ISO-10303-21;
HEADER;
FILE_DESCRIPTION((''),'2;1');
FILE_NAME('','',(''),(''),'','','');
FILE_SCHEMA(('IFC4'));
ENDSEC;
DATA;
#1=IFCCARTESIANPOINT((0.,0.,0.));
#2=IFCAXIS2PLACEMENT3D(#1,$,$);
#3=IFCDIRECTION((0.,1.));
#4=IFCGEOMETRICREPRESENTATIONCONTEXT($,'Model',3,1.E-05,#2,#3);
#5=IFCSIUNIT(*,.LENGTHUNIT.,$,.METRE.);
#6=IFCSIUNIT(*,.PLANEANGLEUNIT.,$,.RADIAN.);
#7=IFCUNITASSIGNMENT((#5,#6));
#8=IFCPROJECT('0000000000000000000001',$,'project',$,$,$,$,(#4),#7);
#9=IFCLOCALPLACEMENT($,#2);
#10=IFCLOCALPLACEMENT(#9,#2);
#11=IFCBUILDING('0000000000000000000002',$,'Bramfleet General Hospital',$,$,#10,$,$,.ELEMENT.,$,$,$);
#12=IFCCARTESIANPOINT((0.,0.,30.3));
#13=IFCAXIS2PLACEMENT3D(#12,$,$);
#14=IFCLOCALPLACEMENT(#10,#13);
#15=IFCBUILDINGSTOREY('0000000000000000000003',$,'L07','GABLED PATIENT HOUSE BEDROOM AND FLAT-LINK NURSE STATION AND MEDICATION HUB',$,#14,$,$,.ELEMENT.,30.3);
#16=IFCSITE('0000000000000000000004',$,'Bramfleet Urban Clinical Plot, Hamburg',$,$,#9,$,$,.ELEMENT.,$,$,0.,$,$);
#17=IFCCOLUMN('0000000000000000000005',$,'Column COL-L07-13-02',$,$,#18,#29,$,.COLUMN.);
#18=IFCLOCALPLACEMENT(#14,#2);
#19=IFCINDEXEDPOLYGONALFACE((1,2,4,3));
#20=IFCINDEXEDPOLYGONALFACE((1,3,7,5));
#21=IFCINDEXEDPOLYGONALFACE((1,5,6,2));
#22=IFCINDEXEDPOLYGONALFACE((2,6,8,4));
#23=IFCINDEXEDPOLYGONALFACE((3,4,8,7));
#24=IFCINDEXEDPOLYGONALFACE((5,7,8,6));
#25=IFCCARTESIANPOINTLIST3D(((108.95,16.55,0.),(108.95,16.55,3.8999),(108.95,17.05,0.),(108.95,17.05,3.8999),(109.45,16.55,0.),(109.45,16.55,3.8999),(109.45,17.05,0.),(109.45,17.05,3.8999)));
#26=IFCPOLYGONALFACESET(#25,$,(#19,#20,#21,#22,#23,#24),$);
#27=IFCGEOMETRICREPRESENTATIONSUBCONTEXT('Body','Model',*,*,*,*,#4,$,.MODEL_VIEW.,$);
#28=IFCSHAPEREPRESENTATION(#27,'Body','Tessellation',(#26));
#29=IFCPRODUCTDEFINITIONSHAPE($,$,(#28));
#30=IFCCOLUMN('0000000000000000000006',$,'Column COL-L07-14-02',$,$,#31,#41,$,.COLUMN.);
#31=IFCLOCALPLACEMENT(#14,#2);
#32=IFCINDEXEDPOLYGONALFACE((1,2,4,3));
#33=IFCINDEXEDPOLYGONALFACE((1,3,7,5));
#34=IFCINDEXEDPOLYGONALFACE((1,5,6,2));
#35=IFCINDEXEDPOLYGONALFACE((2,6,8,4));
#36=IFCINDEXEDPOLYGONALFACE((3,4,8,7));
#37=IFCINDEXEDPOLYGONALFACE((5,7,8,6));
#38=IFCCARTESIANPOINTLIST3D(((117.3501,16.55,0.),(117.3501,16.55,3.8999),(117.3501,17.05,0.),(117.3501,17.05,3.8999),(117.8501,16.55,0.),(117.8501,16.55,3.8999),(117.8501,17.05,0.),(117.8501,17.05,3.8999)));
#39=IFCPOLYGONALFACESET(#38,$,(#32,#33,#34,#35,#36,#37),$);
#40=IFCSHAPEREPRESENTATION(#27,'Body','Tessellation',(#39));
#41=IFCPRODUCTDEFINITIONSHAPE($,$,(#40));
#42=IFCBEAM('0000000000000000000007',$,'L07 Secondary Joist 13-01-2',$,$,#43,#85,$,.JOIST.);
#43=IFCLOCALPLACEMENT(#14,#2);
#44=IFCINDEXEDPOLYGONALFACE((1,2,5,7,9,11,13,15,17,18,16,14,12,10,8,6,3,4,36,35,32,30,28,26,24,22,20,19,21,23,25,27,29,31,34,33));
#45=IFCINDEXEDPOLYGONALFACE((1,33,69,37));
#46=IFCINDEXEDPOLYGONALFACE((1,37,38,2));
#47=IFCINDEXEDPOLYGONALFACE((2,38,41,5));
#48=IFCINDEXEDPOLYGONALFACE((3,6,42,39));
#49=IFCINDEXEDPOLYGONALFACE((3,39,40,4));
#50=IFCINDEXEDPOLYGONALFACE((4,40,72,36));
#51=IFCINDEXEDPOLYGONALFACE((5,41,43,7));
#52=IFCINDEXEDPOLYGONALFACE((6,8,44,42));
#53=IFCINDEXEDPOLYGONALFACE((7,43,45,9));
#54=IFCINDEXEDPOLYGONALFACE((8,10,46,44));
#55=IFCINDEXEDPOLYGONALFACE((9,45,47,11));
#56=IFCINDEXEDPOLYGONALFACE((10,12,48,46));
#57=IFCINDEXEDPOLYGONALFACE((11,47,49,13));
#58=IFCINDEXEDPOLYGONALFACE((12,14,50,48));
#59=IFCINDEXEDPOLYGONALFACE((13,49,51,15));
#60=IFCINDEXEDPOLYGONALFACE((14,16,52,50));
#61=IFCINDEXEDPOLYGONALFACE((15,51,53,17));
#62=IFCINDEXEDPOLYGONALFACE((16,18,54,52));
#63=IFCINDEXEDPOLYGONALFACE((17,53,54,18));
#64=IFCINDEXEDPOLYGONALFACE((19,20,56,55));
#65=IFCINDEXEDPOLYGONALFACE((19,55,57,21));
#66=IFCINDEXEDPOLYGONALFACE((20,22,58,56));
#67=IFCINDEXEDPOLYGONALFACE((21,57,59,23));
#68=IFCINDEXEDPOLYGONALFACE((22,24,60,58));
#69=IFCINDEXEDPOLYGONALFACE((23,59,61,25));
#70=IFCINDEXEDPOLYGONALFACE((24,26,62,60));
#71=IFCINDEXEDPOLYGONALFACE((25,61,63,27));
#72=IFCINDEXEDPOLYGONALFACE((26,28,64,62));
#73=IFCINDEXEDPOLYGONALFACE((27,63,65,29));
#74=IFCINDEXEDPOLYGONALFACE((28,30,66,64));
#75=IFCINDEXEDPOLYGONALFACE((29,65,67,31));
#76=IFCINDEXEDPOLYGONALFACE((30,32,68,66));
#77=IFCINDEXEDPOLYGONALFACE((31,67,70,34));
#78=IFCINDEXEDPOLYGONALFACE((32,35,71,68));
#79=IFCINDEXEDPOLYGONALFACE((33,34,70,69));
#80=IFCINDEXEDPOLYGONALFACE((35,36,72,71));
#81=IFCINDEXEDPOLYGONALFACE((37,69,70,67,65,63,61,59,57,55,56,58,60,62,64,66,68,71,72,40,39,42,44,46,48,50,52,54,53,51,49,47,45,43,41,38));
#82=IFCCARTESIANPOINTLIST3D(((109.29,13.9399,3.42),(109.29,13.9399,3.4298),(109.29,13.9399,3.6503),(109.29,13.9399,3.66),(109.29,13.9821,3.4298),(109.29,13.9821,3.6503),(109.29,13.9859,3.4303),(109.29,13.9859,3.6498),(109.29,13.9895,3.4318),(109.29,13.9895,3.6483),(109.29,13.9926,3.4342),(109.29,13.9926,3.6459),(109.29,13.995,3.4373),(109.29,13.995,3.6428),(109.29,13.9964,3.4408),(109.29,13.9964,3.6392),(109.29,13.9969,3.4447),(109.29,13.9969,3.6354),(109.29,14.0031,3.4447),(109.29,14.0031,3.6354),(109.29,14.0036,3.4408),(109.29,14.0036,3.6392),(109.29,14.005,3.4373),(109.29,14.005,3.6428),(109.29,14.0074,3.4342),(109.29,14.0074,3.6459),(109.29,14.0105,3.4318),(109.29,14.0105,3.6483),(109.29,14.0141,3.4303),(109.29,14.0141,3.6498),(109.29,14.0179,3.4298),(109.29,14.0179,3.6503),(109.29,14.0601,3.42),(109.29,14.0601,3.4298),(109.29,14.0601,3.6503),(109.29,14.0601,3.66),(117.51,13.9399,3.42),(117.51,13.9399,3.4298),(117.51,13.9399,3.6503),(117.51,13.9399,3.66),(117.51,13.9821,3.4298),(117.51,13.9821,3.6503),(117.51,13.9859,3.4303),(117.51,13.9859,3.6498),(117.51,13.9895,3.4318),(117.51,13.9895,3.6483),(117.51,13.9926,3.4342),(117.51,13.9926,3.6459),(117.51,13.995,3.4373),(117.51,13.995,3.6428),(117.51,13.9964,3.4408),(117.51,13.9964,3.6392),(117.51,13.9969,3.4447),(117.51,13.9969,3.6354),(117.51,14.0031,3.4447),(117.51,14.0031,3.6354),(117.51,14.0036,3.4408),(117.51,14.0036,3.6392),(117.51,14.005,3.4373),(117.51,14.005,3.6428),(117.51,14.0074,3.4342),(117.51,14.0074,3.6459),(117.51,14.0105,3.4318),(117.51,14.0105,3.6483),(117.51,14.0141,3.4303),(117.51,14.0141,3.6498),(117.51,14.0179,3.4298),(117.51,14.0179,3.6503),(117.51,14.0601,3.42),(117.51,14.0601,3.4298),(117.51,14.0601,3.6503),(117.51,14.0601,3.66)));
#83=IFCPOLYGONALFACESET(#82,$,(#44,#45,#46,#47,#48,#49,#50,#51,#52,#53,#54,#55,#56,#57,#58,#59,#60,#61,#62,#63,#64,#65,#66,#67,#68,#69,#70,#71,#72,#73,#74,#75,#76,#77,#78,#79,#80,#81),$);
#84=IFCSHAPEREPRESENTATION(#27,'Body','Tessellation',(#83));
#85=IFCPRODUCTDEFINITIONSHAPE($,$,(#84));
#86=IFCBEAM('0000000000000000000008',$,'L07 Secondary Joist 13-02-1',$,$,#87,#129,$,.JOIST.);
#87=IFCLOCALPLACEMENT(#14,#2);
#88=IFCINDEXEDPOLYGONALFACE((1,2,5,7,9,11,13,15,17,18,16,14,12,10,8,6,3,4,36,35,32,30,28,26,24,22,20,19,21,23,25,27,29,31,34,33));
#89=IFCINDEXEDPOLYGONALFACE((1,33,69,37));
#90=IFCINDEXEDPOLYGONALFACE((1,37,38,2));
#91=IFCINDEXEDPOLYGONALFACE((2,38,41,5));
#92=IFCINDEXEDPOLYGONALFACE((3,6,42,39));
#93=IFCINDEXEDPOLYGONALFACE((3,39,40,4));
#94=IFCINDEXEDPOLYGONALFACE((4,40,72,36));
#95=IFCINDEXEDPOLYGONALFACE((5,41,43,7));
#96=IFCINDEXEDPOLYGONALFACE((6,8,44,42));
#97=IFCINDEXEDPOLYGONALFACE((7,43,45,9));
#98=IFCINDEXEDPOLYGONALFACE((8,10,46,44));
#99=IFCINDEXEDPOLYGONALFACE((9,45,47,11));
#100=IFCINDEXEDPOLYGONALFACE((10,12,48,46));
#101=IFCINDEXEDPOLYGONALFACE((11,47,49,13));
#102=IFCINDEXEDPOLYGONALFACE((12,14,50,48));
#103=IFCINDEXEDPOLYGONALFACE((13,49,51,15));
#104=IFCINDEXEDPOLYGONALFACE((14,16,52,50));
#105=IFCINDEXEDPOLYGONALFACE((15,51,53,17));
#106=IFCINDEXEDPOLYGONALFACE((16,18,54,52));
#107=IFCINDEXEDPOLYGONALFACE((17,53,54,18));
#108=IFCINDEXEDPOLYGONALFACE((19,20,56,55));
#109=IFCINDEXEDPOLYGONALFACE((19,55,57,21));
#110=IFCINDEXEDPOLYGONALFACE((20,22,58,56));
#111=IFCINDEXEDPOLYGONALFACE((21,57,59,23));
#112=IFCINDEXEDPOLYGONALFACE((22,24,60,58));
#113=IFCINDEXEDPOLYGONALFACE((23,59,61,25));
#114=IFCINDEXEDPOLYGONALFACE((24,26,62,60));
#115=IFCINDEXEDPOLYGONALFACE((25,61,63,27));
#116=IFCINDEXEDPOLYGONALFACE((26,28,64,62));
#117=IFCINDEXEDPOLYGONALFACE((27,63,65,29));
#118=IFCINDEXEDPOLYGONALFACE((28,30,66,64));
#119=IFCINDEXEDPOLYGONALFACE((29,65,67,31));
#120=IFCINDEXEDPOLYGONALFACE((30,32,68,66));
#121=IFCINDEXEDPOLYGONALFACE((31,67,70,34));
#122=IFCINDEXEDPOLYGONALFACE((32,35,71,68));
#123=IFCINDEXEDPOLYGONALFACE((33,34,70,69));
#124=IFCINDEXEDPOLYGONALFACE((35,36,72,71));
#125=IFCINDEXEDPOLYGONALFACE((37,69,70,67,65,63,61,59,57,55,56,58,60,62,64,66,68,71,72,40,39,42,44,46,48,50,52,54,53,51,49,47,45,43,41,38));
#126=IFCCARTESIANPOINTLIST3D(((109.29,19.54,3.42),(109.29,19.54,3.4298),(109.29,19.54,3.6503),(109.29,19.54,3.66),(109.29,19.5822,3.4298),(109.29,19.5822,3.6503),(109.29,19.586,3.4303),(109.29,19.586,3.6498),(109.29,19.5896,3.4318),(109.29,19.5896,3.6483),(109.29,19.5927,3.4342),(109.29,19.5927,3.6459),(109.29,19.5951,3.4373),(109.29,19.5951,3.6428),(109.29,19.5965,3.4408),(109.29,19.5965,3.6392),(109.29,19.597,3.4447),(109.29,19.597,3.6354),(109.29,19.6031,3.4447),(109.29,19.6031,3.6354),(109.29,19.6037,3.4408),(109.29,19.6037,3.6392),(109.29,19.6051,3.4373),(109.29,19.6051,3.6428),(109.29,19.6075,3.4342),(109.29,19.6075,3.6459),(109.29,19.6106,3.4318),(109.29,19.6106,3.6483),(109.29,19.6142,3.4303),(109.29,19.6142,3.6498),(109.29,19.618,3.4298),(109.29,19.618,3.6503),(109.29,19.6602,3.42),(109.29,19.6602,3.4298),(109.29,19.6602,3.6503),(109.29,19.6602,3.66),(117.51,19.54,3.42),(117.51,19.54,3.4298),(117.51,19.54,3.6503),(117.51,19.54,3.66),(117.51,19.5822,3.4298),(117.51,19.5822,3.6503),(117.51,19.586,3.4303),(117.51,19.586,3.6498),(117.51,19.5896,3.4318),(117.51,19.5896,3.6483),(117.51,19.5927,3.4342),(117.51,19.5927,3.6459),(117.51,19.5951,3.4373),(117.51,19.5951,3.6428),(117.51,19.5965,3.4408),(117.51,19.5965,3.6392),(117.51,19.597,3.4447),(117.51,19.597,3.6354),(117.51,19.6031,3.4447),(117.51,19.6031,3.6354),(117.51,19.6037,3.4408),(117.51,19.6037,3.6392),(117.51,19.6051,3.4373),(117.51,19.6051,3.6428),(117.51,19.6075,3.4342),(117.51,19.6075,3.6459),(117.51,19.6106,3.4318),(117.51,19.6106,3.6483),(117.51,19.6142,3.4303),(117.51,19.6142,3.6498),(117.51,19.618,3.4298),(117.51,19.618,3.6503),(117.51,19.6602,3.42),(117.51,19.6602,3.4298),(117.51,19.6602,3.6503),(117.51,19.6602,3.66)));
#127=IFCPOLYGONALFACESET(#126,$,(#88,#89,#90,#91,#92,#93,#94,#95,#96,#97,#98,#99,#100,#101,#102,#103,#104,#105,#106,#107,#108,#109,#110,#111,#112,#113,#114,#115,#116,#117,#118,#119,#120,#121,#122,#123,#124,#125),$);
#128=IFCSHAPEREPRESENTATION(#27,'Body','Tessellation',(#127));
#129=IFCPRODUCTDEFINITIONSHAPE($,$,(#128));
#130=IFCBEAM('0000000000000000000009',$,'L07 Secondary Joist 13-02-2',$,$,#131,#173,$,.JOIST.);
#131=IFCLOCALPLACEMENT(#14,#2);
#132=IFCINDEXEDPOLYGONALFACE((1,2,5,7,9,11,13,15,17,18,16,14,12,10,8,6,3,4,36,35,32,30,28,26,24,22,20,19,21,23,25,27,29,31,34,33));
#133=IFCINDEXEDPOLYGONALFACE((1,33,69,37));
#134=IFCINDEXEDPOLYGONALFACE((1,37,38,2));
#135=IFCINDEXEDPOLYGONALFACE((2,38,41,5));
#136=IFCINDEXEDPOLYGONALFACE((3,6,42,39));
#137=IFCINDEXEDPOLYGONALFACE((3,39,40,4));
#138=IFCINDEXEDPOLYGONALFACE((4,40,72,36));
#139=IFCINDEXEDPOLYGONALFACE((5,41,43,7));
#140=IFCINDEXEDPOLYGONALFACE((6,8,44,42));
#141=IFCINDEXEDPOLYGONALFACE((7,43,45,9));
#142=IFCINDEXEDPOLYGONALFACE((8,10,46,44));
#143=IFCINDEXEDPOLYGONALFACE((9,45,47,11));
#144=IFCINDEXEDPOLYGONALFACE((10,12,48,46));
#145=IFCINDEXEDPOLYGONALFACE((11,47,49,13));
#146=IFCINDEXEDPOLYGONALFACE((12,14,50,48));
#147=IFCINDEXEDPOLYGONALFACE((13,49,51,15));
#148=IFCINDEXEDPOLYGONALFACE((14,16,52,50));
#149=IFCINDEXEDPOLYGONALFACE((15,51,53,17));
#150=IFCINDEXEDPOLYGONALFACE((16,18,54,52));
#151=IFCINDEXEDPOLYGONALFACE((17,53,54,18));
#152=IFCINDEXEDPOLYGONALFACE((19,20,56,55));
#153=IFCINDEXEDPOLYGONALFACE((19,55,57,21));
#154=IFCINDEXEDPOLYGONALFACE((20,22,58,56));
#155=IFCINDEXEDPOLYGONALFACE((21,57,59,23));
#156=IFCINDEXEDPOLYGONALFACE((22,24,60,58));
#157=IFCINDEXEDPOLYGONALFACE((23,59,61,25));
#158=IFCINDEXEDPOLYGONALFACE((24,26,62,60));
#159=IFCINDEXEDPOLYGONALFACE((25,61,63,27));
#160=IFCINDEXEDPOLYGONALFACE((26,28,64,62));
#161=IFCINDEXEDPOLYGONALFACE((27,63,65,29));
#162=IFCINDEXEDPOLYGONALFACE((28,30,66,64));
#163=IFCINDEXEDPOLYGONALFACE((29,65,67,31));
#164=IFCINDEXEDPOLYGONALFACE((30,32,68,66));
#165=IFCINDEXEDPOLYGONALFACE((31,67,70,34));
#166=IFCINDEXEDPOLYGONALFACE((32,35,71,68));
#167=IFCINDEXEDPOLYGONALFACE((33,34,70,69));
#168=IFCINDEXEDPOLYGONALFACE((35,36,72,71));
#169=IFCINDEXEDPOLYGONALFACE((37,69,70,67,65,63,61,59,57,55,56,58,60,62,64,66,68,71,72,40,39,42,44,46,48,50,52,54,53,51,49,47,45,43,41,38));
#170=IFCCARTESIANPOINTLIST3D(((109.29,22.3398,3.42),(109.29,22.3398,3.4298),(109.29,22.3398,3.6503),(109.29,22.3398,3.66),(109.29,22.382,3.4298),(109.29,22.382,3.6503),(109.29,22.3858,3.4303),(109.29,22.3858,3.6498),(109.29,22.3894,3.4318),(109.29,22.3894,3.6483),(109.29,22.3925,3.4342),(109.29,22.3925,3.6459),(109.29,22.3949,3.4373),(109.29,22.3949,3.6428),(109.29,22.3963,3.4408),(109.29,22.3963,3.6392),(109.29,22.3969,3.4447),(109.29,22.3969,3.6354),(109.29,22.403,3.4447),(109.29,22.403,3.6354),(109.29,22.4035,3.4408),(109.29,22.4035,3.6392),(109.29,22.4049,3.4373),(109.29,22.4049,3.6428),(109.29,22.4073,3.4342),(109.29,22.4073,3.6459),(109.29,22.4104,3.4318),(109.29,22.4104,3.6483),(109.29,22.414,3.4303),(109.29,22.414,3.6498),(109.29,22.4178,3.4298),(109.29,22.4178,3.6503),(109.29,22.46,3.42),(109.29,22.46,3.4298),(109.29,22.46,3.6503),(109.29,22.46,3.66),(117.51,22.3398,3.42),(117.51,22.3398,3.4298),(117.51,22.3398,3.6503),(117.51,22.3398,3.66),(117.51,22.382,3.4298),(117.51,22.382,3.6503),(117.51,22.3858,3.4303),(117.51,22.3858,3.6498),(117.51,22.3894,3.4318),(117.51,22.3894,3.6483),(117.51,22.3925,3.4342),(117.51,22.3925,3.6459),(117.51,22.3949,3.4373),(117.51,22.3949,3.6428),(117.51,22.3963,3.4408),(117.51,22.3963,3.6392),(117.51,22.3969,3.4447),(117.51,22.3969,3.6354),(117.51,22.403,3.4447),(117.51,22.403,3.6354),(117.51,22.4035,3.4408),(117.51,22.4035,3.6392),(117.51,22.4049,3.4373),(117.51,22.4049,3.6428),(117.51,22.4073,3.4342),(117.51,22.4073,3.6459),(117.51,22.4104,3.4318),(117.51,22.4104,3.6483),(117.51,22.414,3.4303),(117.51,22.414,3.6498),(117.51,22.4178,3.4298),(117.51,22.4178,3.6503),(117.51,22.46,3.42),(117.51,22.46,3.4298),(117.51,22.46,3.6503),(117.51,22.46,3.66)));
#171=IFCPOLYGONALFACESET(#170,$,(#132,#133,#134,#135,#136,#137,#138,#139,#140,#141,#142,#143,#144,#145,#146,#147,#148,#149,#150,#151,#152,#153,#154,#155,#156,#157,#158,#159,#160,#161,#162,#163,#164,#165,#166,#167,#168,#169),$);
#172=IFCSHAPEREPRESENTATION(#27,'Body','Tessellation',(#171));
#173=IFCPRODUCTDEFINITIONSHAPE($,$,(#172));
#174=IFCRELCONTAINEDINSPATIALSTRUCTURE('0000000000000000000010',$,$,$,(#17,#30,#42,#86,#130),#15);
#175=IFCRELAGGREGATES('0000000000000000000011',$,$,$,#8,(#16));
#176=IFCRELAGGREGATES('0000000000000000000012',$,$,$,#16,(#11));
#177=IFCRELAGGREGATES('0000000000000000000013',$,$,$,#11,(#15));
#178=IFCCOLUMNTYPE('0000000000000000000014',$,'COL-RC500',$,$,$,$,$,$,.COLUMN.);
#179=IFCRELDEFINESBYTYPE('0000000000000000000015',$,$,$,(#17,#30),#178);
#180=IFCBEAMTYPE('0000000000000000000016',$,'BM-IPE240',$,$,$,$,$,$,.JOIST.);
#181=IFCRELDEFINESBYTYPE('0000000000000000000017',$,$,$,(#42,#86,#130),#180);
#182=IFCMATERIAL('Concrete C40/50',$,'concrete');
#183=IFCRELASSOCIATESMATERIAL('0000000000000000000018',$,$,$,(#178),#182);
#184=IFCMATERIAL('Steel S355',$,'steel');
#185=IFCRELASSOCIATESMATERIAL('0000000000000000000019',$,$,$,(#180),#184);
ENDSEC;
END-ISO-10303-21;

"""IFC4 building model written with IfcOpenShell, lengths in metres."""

from ifc_helpers import new_model, si_unit, direction, frame, origin, origin_2d, place, context, subcontext, project, spatial, rectangle, i_section, extrude, material, material_profile, profile_set, type_object, element, save


model = new_model("IFC4")

# Units and contexts
model_context = context("Model", 3, precision=1e-05, world=origin(), true_north=direction((0.0, 1.0)))
body_context = subcontext(model_context, "Body", "Model", "MODEL_VIEW")
ifc_project = project(units=[si_unit("LENGTHUNIT", "METRE"), si_unit("PLANEANGLEUNIT", "RADIAN")], contexts=[model_context])

# Site, building, storey
site_placement = place(None, origin())
site = spatial("IfcSite", under=ifc_project, at=site_placement, Name="Bramfleet Urban Clinical Plot, Hamburg", CompositionType="ELEMENT", RefElevation=0.0)
building_placement = place(site_placement, origin())
building = spatial("IfcBuilding", under=site, at=building_placement, Name="Bramfleet General Hospital", CompositionType="ELEMENT")
storey_placement = place(building_placement, frame((0.0, 0.0, 30.3)))
storey = spatial("IfcBuildingStorey", under=building, at=storey_placement, Name="L07", Description="GABLED PATIENT HOUSE BEDROOM AND FLAT-LINK NURSE STATION AND MEDICATION HUB", CompositionType="ELEMENT", Elevation=30.3)

# Columns
ifc_material_1 = material(Name="Concrete C40/50", Category="concrete")
ifc_material_profile_1 = material_profile(ifc_material_1, rectangle(XDim=0.5, YDim=0.5, at=origin_2d()), Name="RC COL 500x500")
ifc_profile_set_1 = profile_set([ifc_material_profile_1], Name="Concrete C40/50")
column_type = type_object("IfcColumnType", Name="COL-RC500", PredefinedType="COLUMN", material=ifc_profile_set_1)
for number, where, z_axis, x_axis, name in (
    (1, (109.2, 16.8, 0.0), (0.0, 0.0, 1.0), (1.0, 0.0, 0.0), "Column COL-L07-13-02"),
    (2, (117.6001, 16.8, 0.0), (0.0, 0.0, 1.0), (1.0, 0.0, 0.0), "Column COL-L07-14-02"),
):
    element("IfcColumn", number, at=place(storey_placement, frame(where, z_axis=z_axis, x_axis=x_axis)), inside=storey, type_object=column_type, Name=name, PredefinedType="COLUMN", context=body_context, shape_type="SweptSolid", body=[
        extrude(rectangle(XDim=0.5, YDim=0.5, at=origin_2d()), origin(), (0.0, 0.0, 1.0), 3.8999),
    ])

# Beams
ifc_material_2 = material(Name="Steel S355", Category="steel")
ifc_material_profile_2 = material_profile(ifc_material_2, i_section(OverallWidth=0.1201, OverallDepth=0.24, WebThickness=0.0061, FlangeThickness=0.0098, FilletRadius=0.0149, at=origin_2d()), Name="IPE 240")
ifc_profile_set_2 = profile_set([ifc_material_profile_2], Name="Steel S355")
beam_type_1 = type_object("IfcBeamType", Name="BM-IPE240", PredefinedType="JOIST", material=ifc_profile_set_2)
for number, where, z_axis, x_axis, name in (
    (3, (109.29, 14.0, 3.54), (1.0, 0.0, 0.0), (0.0, 1.0, 0.0), "L07 Secondary Joist 13-01-2"),
    (4, (109.29, 19.6001, 3.54), (1.0, 0.0, 0.0), (0.0, 1.0, 0.0), "L07 Secondary Joist 13-02-1"),
    (5, (109.29, 22.3999, 3.54), (1.0, 0.0, 0.0), (0.0, 1.0, 0.0), "L07 Secondary Joist 13-02-2"),
):
    element("IfcBeam", number, at=place(storey_placement, frame(where, z_axis=z_axis, x_axis=x_axis)), inside=storey, type_object=beam_type_1, Name=name, PredefinedType="JOIST", context=body_context, shape_type="SweptSolid", body=[
        extrude(i_section(OverallWidth=0.1201, OverallDepth=0.24, WebThickness=0.0061, FlangeThickness=0.0098, FilletRadius=0.0149, at=origin_2d()), origin(), (0.0, 0.0, 1.0), 8.22),
    ])

save(model, "model.ifc")
